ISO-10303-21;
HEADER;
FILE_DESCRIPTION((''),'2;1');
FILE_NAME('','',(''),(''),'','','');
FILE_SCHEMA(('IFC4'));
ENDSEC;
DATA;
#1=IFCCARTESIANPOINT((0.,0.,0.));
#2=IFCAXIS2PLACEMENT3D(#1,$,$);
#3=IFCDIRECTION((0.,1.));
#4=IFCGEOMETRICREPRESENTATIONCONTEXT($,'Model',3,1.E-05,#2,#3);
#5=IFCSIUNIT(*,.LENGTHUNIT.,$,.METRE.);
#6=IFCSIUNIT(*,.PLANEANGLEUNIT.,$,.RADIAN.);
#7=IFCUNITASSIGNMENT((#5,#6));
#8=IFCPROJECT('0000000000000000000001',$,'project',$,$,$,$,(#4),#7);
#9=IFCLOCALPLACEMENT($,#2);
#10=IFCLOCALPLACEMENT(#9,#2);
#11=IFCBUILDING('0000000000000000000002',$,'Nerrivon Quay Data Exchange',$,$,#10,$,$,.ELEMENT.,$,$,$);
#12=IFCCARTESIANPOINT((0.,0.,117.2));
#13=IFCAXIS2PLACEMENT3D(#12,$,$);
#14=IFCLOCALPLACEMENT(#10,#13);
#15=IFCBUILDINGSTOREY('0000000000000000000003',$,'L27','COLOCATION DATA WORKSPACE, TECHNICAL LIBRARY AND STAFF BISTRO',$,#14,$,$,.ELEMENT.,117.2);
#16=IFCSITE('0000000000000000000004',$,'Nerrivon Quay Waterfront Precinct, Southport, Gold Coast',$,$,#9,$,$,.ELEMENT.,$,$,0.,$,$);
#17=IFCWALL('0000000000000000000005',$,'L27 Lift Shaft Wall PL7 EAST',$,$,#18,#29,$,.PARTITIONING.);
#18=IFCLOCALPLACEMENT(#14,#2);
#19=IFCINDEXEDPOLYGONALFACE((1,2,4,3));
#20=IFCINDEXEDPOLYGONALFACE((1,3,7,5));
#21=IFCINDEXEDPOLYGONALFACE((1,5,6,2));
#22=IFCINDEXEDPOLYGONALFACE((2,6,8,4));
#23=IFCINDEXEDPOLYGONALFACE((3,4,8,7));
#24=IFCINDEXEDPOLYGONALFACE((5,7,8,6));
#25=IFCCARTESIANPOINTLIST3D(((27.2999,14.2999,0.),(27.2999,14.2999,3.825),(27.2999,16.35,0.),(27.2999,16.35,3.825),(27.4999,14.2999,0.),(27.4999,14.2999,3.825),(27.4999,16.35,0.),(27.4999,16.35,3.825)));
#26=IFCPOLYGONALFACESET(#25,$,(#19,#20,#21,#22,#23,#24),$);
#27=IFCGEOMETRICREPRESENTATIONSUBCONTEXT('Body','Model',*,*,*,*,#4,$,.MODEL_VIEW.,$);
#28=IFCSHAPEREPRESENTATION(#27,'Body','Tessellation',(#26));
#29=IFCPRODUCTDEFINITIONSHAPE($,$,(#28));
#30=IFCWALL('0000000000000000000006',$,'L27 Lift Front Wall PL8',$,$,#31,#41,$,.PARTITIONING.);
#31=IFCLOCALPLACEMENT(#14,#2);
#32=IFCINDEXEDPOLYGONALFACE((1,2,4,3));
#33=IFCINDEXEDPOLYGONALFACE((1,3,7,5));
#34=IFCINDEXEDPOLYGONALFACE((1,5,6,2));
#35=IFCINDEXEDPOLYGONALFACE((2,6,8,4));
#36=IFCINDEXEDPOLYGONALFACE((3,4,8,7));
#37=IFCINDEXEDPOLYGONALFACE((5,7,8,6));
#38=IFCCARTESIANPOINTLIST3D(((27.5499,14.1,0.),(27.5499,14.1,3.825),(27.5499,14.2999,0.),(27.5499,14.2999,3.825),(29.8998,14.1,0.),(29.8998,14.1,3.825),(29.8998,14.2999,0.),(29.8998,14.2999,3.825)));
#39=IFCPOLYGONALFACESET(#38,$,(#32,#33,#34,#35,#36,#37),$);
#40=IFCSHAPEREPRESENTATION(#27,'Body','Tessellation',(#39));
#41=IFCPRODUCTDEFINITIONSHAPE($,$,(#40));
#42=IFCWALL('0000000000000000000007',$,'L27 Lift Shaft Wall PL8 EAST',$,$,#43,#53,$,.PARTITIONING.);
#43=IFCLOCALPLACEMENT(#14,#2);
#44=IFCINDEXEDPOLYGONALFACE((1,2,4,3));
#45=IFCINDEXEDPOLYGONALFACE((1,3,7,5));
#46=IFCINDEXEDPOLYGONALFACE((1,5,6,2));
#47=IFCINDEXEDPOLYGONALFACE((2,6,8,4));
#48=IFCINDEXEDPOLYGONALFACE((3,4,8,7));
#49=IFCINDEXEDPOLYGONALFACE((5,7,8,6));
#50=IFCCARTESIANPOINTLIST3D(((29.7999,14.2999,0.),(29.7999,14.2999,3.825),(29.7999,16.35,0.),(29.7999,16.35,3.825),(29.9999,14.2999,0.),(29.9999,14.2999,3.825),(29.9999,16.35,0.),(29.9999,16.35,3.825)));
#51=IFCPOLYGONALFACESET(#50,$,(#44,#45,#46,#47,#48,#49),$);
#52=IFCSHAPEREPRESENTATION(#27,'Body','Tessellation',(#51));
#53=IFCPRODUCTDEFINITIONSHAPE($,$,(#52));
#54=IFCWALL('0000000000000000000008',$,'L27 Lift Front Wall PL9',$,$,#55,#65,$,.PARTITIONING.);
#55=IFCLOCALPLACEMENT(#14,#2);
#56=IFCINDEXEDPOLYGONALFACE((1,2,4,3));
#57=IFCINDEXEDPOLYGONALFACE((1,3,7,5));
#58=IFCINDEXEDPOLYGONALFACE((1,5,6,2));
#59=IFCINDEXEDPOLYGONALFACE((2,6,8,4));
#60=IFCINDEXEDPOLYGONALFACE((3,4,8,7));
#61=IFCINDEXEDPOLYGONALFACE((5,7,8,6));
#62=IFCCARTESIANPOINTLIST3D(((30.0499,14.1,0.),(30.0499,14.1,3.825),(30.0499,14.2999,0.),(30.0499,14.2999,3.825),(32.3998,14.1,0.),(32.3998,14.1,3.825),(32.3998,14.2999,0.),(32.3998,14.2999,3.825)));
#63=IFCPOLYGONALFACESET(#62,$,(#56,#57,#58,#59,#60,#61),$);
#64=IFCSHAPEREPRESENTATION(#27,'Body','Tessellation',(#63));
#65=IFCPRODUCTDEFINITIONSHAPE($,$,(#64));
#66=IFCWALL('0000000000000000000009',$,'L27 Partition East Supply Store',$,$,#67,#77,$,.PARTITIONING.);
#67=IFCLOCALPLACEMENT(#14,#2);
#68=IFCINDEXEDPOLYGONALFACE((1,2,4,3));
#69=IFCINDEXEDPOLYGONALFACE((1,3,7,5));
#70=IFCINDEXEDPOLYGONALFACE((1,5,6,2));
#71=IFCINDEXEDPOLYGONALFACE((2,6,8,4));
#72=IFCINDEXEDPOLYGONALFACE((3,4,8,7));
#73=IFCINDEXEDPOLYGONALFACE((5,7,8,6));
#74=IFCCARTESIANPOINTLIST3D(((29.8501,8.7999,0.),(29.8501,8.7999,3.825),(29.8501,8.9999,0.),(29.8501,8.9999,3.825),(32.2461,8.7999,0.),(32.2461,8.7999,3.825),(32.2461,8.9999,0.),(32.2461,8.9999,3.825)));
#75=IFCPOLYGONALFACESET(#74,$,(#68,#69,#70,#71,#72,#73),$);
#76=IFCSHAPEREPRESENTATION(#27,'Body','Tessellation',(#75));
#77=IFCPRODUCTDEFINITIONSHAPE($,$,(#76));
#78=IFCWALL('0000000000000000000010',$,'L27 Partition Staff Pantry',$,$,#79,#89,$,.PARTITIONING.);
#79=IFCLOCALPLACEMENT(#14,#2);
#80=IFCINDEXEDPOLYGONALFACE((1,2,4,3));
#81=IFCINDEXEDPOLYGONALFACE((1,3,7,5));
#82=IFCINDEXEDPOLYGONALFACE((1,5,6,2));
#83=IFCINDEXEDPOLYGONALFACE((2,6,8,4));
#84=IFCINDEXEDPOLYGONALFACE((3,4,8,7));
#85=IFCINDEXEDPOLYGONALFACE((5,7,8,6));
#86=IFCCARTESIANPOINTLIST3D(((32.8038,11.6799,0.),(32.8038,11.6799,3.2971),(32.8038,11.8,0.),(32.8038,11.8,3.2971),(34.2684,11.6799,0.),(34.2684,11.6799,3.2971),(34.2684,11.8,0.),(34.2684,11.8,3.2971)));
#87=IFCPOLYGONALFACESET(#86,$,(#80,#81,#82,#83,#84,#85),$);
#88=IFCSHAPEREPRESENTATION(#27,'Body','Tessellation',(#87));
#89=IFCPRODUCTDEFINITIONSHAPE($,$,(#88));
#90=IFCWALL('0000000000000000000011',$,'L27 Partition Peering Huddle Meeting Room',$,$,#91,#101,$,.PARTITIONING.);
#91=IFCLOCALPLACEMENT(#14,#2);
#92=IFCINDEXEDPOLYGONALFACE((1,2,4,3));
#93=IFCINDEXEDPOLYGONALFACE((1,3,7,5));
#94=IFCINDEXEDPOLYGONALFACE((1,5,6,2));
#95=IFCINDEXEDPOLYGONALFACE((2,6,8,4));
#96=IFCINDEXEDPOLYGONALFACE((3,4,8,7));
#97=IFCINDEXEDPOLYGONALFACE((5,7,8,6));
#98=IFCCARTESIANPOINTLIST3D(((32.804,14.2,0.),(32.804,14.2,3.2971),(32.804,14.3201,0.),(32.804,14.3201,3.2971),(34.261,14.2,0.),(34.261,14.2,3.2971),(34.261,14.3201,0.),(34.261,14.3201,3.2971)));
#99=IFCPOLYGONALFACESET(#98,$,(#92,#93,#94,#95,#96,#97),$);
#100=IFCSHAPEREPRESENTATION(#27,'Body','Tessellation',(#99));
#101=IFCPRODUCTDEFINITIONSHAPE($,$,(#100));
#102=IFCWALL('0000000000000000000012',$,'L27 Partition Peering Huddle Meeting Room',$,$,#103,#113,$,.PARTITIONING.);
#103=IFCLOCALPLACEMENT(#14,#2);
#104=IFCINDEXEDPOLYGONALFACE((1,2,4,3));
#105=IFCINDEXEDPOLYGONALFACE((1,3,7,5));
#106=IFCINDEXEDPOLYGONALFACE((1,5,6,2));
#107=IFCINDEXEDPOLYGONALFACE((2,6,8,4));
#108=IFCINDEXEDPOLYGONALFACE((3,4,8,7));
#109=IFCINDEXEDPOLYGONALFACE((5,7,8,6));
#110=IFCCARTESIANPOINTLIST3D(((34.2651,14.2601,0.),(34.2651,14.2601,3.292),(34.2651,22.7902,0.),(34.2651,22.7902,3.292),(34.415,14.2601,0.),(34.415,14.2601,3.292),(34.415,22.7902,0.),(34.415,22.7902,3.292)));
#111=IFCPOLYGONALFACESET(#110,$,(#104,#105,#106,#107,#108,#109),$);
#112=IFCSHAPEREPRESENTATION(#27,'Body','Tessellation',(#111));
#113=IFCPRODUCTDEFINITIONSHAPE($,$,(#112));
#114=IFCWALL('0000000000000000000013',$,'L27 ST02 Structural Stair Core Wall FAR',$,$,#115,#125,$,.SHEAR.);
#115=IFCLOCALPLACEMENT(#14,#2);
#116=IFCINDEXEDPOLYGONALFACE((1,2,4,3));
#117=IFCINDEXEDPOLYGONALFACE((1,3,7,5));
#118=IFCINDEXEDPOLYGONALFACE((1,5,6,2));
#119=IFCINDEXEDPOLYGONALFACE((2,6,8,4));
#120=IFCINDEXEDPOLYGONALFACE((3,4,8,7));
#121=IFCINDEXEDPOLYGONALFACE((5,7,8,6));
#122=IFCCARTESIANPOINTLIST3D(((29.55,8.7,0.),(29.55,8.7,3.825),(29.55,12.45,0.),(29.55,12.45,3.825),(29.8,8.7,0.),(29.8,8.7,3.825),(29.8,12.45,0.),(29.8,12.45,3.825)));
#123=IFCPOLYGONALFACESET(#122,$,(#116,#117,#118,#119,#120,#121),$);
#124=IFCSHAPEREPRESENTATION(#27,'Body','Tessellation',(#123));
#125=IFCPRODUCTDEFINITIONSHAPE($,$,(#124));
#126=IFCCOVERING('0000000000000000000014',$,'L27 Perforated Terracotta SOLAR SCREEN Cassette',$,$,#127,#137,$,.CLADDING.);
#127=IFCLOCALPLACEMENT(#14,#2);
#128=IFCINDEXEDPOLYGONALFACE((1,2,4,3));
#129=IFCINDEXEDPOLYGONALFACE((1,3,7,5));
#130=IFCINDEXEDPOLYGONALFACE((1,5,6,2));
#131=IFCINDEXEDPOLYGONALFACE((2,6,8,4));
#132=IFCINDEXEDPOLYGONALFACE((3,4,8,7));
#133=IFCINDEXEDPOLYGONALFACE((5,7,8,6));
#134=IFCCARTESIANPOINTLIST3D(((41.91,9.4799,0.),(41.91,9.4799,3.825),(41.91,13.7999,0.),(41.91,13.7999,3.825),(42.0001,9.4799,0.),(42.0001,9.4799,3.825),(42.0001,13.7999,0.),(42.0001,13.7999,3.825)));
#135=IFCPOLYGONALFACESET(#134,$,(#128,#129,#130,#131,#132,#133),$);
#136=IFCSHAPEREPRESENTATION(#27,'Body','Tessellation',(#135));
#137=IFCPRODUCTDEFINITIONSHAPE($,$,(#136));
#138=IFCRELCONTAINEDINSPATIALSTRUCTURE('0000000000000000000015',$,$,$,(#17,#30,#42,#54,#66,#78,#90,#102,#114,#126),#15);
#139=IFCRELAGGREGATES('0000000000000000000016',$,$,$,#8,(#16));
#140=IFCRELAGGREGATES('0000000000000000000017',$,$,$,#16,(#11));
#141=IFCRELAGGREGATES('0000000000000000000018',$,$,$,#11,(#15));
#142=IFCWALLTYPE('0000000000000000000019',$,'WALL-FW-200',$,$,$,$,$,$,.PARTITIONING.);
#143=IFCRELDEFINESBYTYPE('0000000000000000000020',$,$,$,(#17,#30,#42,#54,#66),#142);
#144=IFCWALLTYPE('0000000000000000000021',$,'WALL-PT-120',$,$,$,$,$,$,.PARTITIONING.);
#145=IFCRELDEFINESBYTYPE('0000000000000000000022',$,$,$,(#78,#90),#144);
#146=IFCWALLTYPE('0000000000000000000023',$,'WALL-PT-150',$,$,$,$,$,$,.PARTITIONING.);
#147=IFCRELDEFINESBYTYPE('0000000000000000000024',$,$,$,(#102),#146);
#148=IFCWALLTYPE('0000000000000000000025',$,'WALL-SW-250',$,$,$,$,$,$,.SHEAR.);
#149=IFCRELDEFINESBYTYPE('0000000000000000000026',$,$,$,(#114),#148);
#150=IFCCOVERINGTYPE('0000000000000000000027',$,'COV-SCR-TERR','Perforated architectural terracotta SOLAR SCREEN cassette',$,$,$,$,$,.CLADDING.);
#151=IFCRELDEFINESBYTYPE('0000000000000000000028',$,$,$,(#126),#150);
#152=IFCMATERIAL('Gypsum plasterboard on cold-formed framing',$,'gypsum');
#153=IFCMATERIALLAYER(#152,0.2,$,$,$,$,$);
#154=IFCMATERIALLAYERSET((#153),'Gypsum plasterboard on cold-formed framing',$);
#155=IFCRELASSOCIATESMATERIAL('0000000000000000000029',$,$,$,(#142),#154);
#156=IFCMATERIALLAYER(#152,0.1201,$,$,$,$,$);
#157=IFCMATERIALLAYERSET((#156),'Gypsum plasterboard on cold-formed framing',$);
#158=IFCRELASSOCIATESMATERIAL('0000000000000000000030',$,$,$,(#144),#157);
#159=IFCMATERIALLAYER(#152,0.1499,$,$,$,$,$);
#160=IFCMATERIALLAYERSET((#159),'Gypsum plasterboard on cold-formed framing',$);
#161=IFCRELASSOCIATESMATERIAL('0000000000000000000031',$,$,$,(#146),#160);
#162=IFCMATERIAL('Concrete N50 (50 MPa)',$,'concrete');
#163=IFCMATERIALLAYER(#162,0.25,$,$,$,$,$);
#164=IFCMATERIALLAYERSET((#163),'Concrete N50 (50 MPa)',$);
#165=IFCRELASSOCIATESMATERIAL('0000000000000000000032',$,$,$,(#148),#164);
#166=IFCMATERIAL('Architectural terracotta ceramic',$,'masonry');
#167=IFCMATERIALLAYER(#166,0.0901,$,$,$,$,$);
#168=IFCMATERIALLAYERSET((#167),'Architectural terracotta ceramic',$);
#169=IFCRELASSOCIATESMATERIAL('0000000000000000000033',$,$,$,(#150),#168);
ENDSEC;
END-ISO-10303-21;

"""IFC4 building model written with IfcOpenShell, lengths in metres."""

from ifc_helpers import new_model, si_unit, direction, frame, frame_2d, origin, origin_2d, place, context, subcontext, project, spatial, rectangle, extrude, material, layer, layer_set, type_object, element, save


model = new_model("IFC4")

# Units and contexts
model_context = context("Model", 3, precision=1e-05, world=origin(), true_north=direction((0.0, 1.0)))
body_context = subcontext(model_context, "Body", "Model", "MODEL_VIEW")
ifc_project = project(units=[si_unit("LENGTHUNIT", "METRE"), si_unit("PLANEANGLEUNIT", "RADIAN")], contexts=[model_context])

# Site, building, storey
site_placement = place(None, origin())
site = spatial("IfcSite", under=ifc_project, at=site_placement, Name="Nerrivon Quay Waterfront Precinct, Southport, Gold Coast", CompositionType="ELEMENT", RefElevation=0.0)
building_placement = place(site_placement, origin())
building = spatial("IfcBuilding", under=site, at=building_placement, Name="Nerrivon Quay Data Exchange", CompositionType="ELEMENT")
storey_placement = place(building_placement, frame((0.0, 0.0, 117.2)))
storey = spatial("IfcBuildingStorey", under=building, at=storey_placement, Name="L27", Description="COLOCATION DATA WORKSPACE, TECHNICAL LIBRARY AND STAFF BISTRO", CompositionType="ELEMENT", Elevation=117.2)

# Walls
ifc_material_1 = material(Name="Gypsum plasterboard on cold-formed framing", Category="gypsum")
ifc_layer_1 = layer(ifc_material_1, 0.2)
ifc_layer_set_1 = layer_set([ifc_layer_1], Name="Gypsum plasterboard on cold-formed framing")
wall_type_1 = type_object("IfcWallType", Name="WALL-FW-200", PredefinedType="PARTITIONING", material=ifc_layer_set_1)
wall_1_placement = place(storey_placement, frame((27.3999, 14.3, 0.0), z_axis=(0.0, 0.0, 1.0), x_axis=(0.0, 1.0, 0.0)))
element("IfcWall", 1, at=wall_1_placement, inside=storey, type_object=wall_type_1, Name="L27 Lift Shaft Wall PL7 EAST", PredefinedType="PARTITIONING", context=body_context, shape_type="SweptSolid", body=[
    extrude(rectangle(XDim=2.05, YDim=0.2, at=frame_2d((1.0249, 0.0))), origin(), (0.0, 0.0, 1.0), 3.825),
])
wall_2_placement = place(storey_placement, frame((27.55, 14.2, 0.0), z_axis=(0.0, 0.0, 1.0), x_axis=(1.0, 0.0, 0.0)))
element("IfcWall", 2, at=wall_2_placement, inside=storey, type_object=wall_type_1, Name="L27 Lift Front Wall PL8", PredefinedType="PARTITIONING", context=body_context, shape_type="SweptSolid", body=[
    extrude(rectangle(XDim=2.3499, YDim=0.2, at=frame_2d((1.1748, 0.0))), origin(), (0.0, 0.0, 1.0), 3.825),
])
wall_3_placement = place(storey_placement, frame((29.8999, 14.3, 0.0), z_axis=(0.0, 0.0, 1.0), x_axis=(0.0, 1.0, 0.0)))
element("IfcWall", 3, at=wall_3_placement, inside=storey, type_object=wall_type_1, Name="L27 Lift Shaft Wall PL8 EAST", PredefinedType="PARTITIONING", context=body_context, shape_type="SweptSolid", body=[
    extrude(rectangle(XDim=2.05, YDim=0.2, at=frame_2d((1.0249, 0.0))), origin(), (0.0, 0.0, 1.0), 3.825),
])
wall_4_placement = place(storey_placement, frame((30.05, 14.2, 0.0), z_axis=(0.0, 0.0, 1.0), x_axis=(1.0, 0.0, 0.0)))
element("IfcWall", 4, at=wall_4_placement, inside=storey, type_object=wall_type_1, Name="L27 Lift Front Wall PL9", PredefinedType="PARTITIONING", context=body_context, shape_type="SweptSolid", body=[
    extrude(rectangle(XDim=2.3499, YDim=0.2, at=frame_2d((1.1748, 0.0))), origin(), (0.0, 0.0, 1.0), 3.825),
])

# Walls
wall_5_placement = place(storey_placement, frame((29.8501, 8.8999, 0.0), z_axis=(0.0, 0.0, 1.0), x_axis=(1.0, 0.0, 0.0)))
element("IfcWall", 5, at=wall_5_placement, inside=storey, type_object=wall_type_1, Name="L27 Partition East Supply Store", PredefinedType="PARTITIONING", context=body_context, shape_type="SweptSolid", body=[
    extrude(rectangle(XDim=2.396, YDim=0.2, at=frame_2d((1.198, 0.0))), origin(), (0.0, 0.0, 1.0), 3.825),
])
ifc_layer_2 = layer(ifc_material_1, 0.1201)
ifc_layer_set_2 = layer_set([ifc_layer_2], Name="Gypsum plasterboard on cold-formed framing")
wall_type_2 = type_object("IfcWallType", Name="WALL-PT-120", PredefinedType="PARTITIONING", material=ifc_layer_set_2)
wall_6_placement = place(storey_placement, frame((34.2686, 11.74, 0.0), z_axis=(0.0, 0.0, 1.0), x_axis=(-1.0, 0.0, 0.0)))
element("IfcWall", 6, at=wall_6_placement, inside=storey, type_object=wall_type_2, Name="L27 Partition Staff Pantry", PredefinedType="PARTITIONING", context=body_context, shape_type="SweptSolid", body=[
    extrude(rectangle(XDim=1.4646, YDim=0.1201, at=frame_2d((0.7324, 0.0))), origin(), (0.0, 0.0, 1.0), 3.2971),
])
wall_7_placement = place(storey_placement, frame((32.804, 14.26, 0.0), z_axis=(0.0, 0.0, 1.0), x_axis=(1.0, 0.0, 0.0)))
element("IfcWall", 7, at=wall_7_placement, inside=storey, type_object=wall_type_2, Name="L27 Partition Peering Huddle Meeting Room", PredefinedType="PARTITIONING", context=body_context, shape_type="SweptSolid", body=[
    extrude(rectangle(XDim=1.457, YDim=0.1201, at=frame_2d((0.7285, 0.0))), origin(), (0.0, 0.0, 1.0), 3.2971),
])
ifc_layer_3 = layer(ifc_material_1, 0.1499)
ifc_layer_set_3 = layer_set([ifc_layer_3], Name="Gypsum plasterboard on cold-formed framing")
wall_type_3 = type_object("IfcWallType", Name="WALL-PT-150", PredefinedType="PARTITIONING", material=ifc_layer_set_3)
wall_8_placement = place(storey_placement, frame((34.3401, 14.26, 0.0), z_axis=(0.0, 0.0, 1.0), x_axis=(0.0, 1.0, 0.0)))
element("IfcWall", 8, at=wall_8_placement, inside=storey, type_object=wall_type_3, Name="L27 Partition Peering Huddle Meeting Room", PredefinedType="PARTITIONING", context=body_context, shape_type="SweptSolid", body=[
    extrude(rectangle(XDim=8.53, YDim=0.1499, at=frame_2d((4.2651, 0.0))), origin(), (0.0, 0.0, 1.0), 3.292),
])
ifc_material_2 = material(Name="Concrete N50 (50 MPa)", Category="concrete")
ifc_layer_4 = layer(ifc_material_2, 0.25)
ifc_layer_set_4 = layer_set([ifc_layer_4], Name="Concrete N50 (50 MPa)")
wall_type_4 = type_object("IfcWallType", Name="WALL-SW-250", PredefinedType="SHEAR", material=ifc_layer_set_4)
wall_9_placement = place(storey_placement, frame((29.675, 8.7, 0.0), z_axis=(0.0, 0.0, 1.0), x_axis=(0.0, 1.0, 0.0)))
element("IfcWall", 9, at=wall_9_placement, inside=storey, type_object=wall_type_4, Name="L27 ST02 Structural Stair Core Wall FAR", PredefinedType="SHEAR", context=body_context, shape_type="SweptSolid", body=[
    extrude(rectangle(XDim=3.75, YDim=0.25, at=frame_2d((1.875, 0.0))), origin(), (0.0, 0.0, 1.0), 3.825),
])

# Covering
ifc_material_3 = material(Name="Architectural terracotta ceramic", Category="masonry")
ifc_layer_5 = layer(ifc_material_3, 0.0901)
ifc_layer_set_5 = layer_set([ifc_layer_5], Name="Architectural terracotta ceramic")
covering_type = type_object("IfcCoveringType", Name="COV-SCR-TERR", Description="Perforated architectural terracotta SOLAR SCREEN cassette", PredefinedType="CLADDING", material=ifc_layer_set_5)
covering_placement = place(storey_placement, frame((41.9551, 11.6399, 0.0), z_axis=(0.0, 0.0, 1.0), x_axis=(0.0, -1.0, 0.0)))
element("IfcCovering", 10, at=covering_placement, inside=storey, type_object=covering_type, Name="L27 Perforated Terracotta SOLAR SCREEN Cassette", PredefinedType="CLADDING", context=body_context, shape_type="SweptSolid", body=[
    extrude(rectangle(XDim=4.3201, YDim=0.0901, at=origin_2d()), origin(), (0.0, 0.0, 1.0), 3.825),
])

save(model, "model.ifc")
